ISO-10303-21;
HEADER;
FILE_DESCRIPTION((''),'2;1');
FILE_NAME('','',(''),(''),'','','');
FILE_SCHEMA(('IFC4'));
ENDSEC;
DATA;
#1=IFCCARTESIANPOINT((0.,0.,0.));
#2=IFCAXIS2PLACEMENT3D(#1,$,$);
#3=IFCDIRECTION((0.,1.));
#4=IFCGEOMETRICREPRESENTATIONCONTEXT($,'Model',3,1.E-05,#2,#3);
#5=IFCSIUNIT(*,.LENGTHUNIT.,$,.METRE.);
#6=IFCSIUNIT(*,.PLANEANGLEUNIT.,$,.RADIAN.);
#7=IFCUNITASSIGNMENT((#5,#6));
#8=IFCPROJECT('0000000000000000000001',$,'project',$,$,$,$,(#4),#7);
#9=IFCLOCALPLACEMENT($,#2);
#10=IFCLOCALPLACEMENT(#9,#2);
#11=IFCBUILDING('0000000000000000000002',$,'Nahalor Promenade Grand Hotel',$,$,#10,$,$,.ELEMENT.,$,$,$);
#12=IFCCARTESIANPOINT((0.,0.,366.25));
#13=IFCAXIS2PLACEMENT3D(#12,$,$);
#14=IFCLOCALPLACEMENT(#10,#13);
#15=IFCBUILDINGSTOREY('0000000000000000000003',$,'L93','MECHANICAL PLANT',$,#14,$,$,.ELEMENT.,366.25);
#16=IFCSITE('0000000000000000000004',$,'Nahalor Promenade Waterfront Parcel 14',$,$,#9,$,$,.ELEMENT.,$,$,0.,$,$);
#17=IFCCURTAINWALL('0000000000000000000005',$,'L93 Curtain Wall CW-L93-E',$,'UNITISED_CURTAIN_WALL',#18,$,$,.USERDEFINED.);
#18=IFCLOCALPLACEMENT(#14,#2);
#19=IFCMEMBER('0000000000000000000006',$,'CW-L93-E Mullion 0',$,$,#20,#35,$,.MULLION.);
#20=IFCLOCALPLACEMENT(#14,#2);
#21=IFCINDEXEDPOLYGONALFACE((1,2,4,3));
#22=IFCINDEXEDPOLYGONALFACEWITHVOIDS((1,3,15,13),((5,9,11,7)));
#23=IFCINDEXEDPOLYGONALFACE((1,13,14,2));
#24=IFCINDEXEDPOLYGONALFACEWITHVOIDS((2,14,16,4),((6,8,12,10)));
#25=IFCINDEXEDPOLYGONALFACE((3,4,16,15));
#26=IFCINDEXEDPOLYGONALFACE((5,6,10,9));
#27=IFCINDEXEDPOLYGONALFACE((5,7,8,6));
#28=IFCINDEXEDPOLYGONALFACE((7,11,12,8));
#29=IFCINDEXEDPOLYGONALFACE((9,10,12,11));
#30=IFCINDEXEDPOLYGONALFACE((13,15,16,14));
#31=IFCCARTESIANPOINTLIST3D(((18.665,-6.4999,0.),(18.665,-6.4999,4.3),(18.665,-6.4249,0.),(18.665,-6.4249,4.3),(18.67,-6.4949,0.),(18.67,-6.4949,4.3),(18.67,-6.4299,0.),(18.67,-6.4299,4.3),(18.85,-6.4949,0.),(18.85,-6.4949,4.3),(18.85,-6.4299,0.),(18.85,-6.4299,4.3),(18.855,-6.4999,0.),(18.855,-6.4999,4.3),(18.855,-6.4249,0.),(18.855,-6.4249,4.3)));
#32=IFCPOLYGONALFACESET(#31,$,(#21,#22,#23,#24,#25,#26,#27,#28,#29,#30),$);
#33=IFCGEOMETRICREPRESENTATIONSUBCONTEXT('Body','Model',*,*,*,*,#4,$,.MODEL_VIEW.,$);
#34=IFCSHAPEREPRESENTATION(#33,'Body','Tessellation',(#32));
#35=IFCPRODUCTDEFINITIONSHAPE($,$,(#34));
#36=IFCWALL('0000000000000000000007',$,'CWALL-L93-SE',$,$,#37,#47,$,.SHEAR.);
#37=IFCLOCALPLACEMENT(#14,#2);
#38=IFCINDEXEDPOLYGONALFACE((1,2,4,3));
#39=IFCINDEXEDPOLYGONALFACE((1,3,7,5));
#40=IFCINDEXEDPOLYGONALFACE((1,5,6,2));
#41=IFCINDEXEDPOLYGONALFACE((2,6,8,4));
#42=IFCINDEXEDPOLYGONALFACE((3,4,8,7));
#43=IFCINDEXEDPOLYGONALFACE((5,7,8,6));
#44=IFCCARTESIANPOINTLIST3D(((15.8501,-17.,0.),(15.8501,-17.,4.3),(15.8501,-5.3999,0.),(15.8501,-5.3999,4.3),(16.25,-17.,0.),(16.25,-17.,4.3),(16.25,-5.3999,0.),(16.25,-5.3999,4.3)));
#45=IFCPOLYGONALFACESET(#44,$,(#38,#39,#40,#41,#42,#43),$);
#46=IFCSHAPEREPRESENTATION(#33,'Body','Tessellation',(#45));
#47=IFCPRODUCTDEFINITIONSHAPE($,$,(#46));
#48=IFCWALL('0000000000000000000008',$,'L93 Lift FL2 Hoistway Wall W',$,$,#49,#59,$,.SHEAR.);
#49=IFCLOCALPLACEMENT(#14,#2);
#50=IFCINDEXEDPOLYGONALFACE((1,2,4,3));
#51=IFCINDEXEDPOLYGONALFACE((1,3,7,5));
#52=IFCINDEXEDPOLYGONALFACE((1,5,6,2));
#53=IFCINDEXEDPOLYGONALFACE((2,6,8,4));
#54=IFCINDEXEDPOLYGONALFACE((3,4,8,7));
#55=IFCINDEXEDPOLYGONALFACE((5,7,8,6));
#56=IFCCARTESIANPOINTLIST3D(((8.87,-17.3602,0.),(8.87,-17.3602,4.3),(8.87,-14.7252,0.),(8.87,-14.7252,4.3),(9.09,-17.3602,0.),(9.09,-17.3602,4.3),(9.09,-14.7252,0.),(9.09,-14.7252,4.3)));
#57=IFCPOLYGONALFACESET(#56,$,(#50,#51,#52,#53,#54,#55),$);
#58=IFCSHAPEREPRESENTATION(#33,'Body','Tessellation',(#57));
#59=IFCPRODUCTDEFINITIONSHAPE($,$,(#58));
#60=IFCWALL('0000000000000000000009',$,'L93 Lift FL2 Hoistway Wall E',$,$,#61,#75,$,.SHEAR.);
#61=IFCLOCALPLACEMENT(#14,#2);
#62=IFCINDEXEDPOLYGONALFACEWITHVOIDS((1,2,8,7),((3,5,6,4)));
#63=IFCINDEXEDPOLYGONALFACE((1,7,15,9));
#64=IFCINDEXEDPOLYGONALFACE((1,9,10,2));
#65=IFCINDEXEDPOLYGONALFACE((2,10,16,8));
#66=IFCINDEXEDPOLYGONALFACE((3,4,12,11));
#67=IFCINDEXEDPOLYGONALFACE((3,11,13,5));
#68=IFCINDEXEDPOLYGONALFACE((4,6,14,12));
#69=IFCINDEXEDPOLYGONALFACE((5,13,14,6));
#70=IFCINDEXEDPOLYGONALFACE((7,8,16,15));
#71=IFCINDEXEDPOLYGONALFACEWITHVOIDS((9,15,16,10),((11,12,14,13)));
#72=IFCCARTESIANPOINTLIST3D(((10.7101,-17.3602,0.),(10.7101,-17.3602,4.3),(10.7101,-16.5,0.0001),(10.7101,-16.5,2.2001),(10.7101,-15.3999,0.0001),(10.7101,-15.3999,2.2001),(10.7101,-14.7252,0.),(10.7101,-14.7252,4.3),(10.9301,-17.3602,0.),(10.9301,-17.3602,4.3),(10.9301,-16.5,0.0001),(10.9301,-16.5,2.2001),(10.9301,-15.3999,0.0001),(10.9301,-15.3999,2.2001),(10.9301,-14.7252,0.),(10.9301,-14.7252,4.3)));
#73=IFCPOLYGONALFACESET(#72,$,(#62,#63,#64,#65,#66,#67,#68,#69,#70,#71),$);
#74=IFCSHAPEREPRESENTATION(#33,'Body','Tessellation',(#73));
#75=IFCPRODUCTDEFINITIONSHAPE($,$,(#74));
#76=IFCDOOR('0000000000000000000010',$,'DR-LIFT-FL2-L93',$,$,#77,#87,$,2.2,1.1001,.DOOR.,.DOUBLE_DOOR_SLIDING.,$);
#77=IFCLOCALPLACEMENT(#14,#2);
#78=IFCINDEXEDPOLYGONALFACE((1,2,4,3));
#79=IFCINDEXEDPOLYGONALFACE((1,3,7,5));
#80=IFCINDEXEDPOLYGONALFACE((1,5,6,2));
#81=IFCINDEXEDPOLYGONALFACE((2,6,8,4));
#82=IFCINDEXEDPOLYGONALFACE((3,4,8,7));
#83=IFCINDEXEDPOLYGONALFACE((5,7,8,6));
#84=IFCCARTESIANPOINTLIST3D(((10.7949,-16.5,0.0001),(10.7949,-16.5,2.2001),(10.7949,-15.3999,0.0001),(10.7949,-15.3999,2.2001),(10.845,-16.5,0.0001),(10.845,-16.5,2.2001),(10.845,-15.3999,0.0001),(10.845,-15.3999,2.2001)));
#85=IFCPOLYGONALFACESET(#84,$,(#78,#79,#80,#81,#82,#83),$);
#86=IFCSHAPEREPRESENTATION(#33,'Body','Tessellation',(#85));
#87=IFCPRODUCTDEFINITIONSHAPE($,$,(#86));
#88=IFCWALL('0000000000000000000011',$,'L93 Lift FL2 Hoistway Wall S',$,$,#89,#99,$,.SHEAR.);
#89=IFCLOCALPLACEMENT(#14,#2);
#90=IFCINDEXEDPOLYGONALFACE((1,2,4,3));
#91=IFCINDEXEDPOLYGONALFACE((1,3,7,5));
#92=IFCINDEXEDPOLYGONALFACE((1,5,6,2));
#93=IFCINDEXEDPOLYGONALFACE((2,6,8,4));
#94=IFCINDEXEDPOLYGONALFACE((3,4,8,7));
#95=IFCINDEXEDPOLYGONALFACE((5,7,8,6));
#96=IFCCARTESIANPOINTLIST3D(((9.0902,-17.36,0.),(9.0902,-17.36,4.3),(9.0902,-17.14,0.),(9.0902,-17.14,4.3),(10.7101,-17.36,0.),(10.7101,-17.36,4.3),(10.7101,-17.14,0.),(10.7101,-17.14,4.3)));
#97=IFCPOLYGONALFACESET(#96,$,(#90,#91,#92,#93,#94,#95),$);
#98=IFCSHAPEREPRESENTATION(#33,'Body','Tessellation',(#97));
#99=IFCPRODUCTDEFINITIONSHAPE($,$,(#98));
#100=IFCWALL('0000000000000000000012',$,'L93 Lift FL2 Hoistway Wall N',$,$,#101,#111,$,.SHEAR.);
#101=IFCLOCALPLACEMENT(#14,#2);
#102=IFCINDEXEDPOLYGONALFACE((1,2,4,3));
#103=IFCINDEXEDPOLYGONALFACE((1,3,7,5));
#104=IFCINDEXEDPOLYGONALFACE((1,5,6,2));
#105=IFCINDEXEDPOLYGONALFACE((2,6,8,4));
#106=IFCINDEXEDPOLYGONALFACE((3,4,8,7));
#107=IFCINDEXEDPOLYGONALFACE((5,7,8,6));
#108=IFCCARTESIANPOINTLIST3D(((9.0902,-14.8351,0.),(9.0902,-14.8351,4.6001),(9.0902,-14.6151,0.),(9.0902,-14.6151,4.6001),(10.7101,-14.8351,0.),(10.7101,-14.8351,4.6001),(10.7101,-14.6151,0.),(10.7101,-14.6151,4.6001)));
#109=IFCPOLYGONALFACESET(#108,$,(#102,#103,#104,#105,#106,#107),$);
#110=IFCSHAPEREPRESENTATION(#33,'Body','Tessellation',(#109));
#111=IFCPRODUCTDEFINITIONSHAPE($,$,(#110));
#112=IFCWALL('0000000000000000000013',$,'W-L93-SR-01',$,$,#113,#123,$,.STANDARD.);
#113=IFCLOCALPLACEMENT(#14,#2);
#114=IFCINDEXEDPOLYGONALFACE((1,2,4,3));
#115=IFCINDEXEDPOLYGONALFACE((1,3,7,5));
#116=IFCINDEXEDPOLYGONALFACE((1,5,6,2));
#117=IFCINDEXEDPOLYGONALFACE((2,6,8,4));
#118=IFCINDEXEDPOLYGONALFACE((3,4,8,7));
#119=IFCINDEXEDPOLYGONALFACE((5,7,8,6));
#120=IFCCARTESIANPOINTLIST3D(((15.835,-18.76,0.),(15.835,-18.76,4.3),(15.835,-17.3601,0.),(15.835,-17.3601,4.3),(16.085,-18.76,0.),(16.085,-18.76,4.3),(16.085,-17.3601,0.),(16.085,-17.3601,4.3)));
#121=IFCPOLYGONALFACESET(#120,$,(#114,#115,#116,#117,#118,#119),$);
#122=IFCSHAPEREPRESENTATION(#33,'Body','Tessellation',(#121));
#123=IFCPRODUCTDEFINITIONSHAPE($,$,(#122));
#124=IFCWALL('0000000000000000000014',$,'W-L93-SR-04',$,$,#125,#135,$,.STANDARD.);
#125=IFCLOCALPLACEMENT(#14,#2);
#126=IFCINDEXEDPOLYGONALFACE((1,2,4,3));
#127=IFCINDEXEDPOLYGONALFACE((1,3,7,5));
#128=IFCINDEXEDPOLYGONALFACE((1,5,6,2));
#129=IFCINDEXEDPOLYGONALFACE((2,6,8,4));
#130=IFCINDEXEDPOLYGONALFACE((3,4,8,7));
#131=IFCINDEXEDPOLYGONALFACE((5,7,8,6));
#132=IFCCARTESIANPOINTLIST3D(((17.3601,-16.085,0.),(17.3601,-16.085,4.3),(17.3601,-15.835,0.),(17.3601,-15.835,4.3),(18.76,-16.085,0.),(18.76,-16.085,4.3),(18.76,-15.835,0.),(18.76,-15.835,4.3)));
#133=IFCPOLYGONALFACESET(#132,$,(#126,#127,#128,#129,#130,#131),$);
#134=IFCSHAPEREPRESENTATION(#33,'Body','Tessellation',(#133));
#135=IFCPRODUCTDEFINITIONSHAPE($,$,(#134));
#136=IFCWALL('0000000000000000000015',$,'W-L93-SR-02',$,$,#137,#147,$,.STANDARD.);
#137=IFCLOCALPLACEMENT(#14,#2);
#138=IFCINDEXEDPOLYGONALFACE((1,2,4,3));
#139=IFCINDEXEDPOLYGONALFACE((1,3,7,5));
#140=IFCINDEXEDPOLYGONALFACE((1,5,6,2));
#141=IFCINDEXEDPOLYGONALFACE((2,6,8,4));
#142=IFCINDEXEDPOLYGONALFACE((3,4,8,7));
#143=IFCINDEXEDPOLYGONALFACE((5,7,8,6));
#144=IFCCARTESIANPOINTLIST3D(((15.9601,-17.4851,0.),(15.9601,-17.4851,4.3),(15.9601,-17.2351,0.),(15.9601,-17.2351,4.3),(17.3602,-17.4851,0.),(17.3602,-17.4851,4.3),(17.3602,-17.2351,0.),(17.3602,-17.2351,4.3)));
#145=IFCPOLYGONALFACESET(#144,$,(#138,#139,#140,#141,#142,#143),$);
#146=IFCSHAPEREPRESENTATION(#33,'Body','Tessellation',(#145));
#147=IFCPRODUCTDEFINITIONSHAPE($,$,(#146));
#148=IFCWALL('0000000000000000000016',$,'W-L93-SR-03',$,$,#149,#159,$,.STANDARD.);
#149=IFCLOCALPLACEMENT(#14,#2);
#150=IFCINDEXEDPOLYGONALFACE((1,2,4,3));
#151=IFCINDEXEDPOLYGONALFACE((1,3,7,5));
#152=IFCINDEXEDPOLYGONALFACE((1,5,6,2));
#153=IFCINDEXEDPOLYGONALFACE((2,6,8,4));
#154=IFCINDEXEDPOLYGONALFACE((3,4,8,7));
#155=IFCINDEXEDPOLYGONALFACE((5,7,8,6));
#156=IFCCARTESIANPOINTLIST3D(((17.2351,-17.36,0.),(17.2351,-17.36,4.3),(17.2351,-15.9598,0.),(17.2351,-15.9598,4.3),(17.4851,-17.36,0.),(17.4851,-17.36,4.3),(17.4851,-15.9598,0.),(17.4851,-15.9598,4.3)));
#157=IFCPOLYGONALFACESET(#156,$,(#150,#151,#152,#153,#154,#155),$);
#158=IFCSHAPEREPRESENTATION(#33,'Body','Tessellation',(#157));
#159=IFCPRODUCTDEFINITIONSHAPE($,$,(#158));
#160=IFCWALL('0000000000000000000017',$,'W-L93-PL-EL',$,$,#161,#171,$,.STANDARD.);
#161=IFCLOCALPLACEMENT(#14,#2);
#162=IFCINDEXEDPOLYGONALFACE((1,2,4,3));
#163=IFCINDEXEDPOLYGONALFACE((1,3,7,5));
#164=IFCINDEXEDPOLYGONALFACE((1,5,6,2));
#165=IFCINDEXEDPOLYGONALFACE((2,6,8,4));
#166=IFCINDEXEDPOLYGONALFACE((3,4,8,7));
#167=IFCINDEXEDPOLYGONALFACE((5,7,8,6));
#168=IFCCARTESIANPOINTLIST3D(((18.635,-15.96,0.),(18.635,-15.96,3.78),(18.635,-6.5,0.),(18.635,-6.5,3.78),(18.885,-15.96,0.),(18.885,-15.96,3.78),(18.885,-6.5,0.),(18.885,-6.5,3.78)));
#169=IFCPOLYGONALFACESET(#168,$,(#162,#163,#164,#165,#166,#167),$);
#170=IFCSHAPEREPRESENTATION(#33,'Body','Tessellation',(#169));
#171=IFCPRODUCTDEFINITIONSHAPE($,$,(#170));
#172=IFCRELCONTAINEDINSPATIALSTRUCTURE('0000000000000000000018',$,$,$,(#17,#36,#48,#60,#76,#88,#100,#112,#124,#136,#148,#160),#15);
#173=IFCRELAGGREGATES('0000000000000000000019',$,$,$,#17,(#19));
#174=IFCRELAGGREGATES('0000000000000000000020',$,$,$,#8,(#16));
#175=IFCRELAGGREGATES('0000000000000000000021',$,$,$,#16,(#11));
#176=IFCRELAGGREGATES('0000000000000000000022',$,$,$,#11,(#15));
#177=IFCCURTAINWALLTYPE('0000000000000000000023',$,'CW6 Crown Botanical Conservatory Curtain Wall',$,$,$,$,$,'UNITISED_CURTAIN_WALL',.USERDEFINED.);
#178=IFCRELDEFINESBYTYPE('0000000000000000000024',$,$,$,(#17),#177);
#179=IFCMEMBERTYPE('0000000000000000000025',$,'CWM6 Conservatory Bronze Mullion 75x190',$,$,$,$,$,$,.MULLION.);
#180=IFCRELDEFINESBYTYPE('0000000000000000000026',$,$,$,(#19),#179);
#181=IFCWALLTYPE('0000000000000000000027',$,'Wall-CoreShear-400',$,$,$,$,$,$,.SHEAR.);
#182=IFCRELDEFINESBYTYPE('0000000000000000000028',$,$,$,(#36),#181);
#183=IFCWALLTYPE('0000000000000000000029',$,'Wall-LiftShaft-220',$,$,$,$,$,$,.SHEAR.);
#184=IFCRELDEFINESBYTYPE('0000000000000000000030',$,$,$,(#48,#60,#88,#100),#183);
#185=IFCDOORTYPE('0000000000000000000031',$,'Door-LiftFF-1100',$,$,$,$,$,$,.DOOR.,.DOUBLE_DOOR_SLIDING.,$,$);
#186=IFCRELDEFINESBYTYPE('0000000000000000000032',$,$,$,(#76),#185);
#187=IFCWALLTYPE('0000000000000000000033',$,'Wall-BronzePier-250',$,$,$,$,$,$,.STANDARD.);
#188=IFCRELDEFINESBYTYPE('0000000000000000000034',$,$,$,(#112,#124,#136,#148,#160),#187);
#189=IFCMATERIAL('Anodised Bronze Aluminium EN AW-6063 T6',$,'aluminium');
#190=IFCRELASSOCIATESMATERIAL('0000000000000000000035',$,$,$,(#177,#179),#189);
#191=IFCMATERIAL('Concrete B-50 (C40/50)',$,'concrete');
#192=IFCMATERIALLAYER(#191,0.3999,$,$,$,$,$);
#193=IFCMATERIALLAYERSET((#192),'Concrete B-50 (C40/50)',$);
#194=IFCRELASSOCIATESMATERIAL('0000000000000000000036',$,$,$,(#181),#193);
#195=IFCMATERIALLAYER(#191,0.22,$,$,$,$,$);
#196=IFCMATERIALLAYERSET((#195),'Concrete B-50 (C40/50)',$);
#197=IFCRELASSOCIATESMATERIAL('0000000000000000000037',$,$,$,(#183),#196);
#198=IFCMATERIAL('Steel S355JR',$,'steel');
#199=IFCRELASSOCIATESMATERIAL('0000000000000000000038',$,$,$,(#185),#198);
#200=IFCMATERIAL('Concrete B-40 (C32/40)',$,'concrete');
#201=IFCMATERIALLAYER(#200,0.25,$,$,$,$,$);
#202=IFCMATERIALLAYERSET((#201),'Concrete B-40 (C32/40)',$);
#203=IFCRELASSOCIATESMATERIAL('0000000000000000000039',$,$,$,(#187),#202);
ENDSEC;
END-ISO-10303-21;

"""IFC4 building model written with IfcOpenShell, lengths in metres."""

from ifc_helpers import new_model, si_unit, direction, frame, frame_2d, origin, origin_2d, place, context, subcontext, project, spatial, rectangle, hollow_rectangle, extrude, source, transform, mapped, material, layer, layer_set, material_profile, profile_set, type_object, element, fill, aggregate, save


model = new_model("IFC4")

# Units and contexts
model_context = context("Model", 3, precision=1e-05, world=origin(), true_north=direction((0.0, 1.0)))
body_context = subcontext(model_context, "Body", "Model", "MODEL_VIEW")
ifc_project = project(units=[si_unit("LENGTHUNIT", "METRE"), si_unit("PLANEANGLEUNIT", "RADIAN")], contexts=[model_context])

# Site, building, storey
site_placement = place(None, origin())
site = spatial("IfcSite", under=ifc_project, at=site_placement, Name="Nahalor Promenade Waterfront Parcel 14", CompositionType="ELEMENT", RefElevation=0.0)
building_placement = place(site_placement, origin())
building = spatial("IfcBuilding", under=site, at=building_placement, Name="Nahalor Promenade Grand Hotel", CompositionType="ELEMENT")
storey_placement = place(building_placement, frame((0.0, 0.0, 366.25)))
storey = spatial("IfcBuildingStorey", under=building, at=storey_placement, Name="L93", Description="MECHANICAL PLANT", CompositionType="ELEMENT", Elevation=366.25)

# Shared definitions
ifc_material_1 = material(Name="Concrete B-50 (C40/50)", Category="concrete")

# Shared definitions
ifc_material_2 = material(Name="Steel S355JR", Category="steel")

# Curtain wall, member
ifc_material_3 = material(Name="Anodised Bronze Aluminium EN AW-6063 T6", Category="aluminium")
curtain_wall_type = type_object("IfcCurtainWallType", Name="CW6 Crown Botanical Conservatory Curtain Wall", ElementType="UNITISED_CURTAIN_WALL", PredefinedType="USERDEFINED", material=ifc_material_3)
curtain_wall_placement = place(storey_placement, origin())
curtain_wall = element("IfcCurtainWall", 1, at=curtain_wall_placement, inside=storey, type_object=curtain_wall_type, Name="L93 Curtain Wall CW-L93-E", ObjectType="UNITISED_CURTAIN_WALL", PredefinedType="USERDEFINED")
ifc_material_profile_1 = material_profile(ifc_material_3, hollow_rectangle(XDim=0.075, YDim=0.19, WallThickness=0.005, at=origin_2d()), Name="CWM 75x190x5")
ifc_profile_set_1 = profile_set([ifc_material_profile_1], Name="Anodised Bronze Aluminium EN AW-6063 T6")
member_type_1 = type_object("IfcMemberType", Name="CWM6 Conservatory Bronze Mullion 75x190", PredefinedType="MULLION", material=ifc_profile_set_1)
shared_shape_1 = source(origin(), body_context, "Body", "SweptSolid", [
    extrude(hollow_rectangle(XDim=0.075, YDim=0.19, WallThickness=0.005, at=origin_2d()), origin(), (0.0, 0.0, 1.0), 4.3),
])
member_1_placement = place(storey_placement, frame((18.76, -6.4624, 0.0), z_axis=(0.0, 0.0, 1.0), x_axis=(0.0, 1.0, 0.0)))
member_1 = element("IfcMember", 2, at=member_1_placement, type_object=member_type_1, Name="CW-L93-E Mullion 0", PredefinedType="MULLION", context=body_context, shape_type="MappedRepresentation", body=[
    mapped(shared_shape_1, transform((0.0, 0.0, 0.0), scale=1.0)),
])
aggregate(curtain_wall, [member_1])

# Walls
ifc_layer_1 = layer(ifc_material_1, 0.3999)
ifc_layer_set_1 = layer_set([ifc_layer_1], Name="Concrete B-50 (C40/50)")
wall_type_1 = type_object("IfcWallType", Name="Wall-CoreShear-400", PredefinedType="SHEAR", material=ifc_layer_set_1)
shared_shape_2 = source(origin(), body_context, "Body", "SweptSolid", [
    extrude(rectangle(XDim=11.6001, YDim=0.3999, at=frame_2d((5.8, 0.0))), origin(), (0.0, 0.0, 1.0), 4.3),
])
wall_1_placement = place(storey_placement, frame((16.05, -17.0, 0.0), z_axis=(0.0, 0.0, 1.0), x_axis=(0.0, 1.0, 0.0)))
element("IfcWall", 3, at=wall_1_placement, inside=storey, type_object=wall_type_1, Name="CWALL-L93-SE", PredefinedType="SHEAR", context=body_context, shape_type="MappedRepresentation", body=[
    mapped(shared_shape_2, transform((0.0, 0.0, 0.0), scale=1.0)),
])
ifc_layer_2 = layer(ifc_material_1, 0.22)
ifc_layer_set_2 = layer_set([ifc_layer_2], Name="Concrete B-50 (C40/50)")
wall_type_2 = type_object("IfcWallType", Name="Wall-LiftShaft-220", PredefinedType="SHEAR", material=ifc_layer_set_2)
shared_shape_3 = source(origin(), body_context, "Body", "SweptSolid", [
    extrude(rectangle(XDim=2.635, YDim=0.22, at=frame_2d((1.3174, 0.0))), origin(), (0.0, 0.0, 1.0), 4.3),
])
wall_2_placement = place(storey_placement, frame((8.98, -17.3601, 0.0), z_axis=(0.0, 0.0, 1.0), x_axis=(0.0, 1.0, 0.0)))
element("IfcWall", 4, at=wall_2_placement, inside=storey, type_object=wall_type_2, Name="L93 Lift FL2 Hoistway Wall W", PredefinedType="SHEAR", context=body_context, shape_type="MappedRepresentation", body=[
    mapped(shared_shape_3, transform((0.0, 0.0, 0.0), scale=1.0)),
])

# Wall, opening, door
wall_3_placement = place(storey_placement, frame((10.8201, -17.3601, 0.0), z_axis=(0.0, 0.0, 1.0), x_axis=(0.0, 1.0, 0.0)))
wall_3 = element("IfcWall", 5, at=wall_3_placement, inside=storey, type_object=wall_type_2, Name="L93 Lift FL2 Hoistway Wall E", PredefinedType="SHEAR", context=body_context, shape_type="MappedRepresentation", body=[
    mapped(shared_shape_3, transform((0.0, 0.0, 0.0), scale=1.0)),
])
opening_1_placement = place(wall_3_placement, frame((0.8601, 0.0, 0.0)))
opening_1 = element("IfcOpeningElement", 6, at=opening_1_placement, cuts=wall_3, PredefinedType="OPENING", context=body_context, shape_type="SweptSolid", body=[
    extrude(rectangle(XDim=1.1001, YDim=2.2, at=frame_2d((0.55, 1.1001))), frame((0.0, 0.1199, 0.0), z_axis=(0.0, -1.0, 0.0), x_axis=(1.0, 0.0, 0.0)), (0.0, 0.0, 1.0), 0.24),
])
door_type_1 = type_object("IfcDoorType", Name="Door-LiftFF-1100", OperationType="DOUBLE_DOOR_SLIDING", PredefinedType="DOOR", material=ifc_material_2)
shared_shape_4 = source(origin(), body_context, "Body", "SweptSolid", [
    extrude(rectangle(XDim=1.1001, YDim=2.2, at=frame_2d((0.55, 1.1001))), frame((0.0, 0.0249, 0.0), z_axis=(0.0, -1.0, 0.0), x_axis=(1.0, 0.0, 0.0)), (0.0, 0.0, 1.0), 0.05),
])
door_1_placement = place(opening_1_placement, frame((1.1001, 0.0, 0.0), z_axis=(0.0, 0.0, 1.0), x_axis=(-1.0, 0.0, 0.0)))
door_1 = element("IfcDoor", 7, at=door_1_placement, inside=storey, type_object=door_type_1, Name="DR-LIFT-FL2-L93", OperationType="DOUBLE_DOOR_SLIDING", OverallHeight=2.2, OverallWidth=1.1001, PredefinedType="DOOR", context=body_context, shape_type="MappedRepresentation", body=[
    mapped(shared_shape_4, transform((0.0, 0.0, 0.0), scale=1.0)),
])
fill(opening_1, door_1)

# Walls
shared_shape_5 = source(origin(), body_context, "Body", "SweptSolid", [
    extrude(rectangle(XDim=1.6199, YDim=0.22, at=frame_2d((0.8101, 0.0))), origin(), (0.0, 0.0, 1.0), 4.3),
])
wall_4_placement = place(storey_placement, frame((9.0901, -17.25, 0.0), z_axis=(0.0, 0.0, 1.0), x_axis=(1.0, 0.0, 0.0)))
element("IfcWall", 8, at=wall_4_placement, inside=storey, type_object=wall_type_2, Name="L93 Lift FL2 Hoistway Wall S", PredefinedType="SHEAR", context=body_context, shape_type="MappedRepresentation", body=[
    mapped(shared_shape_5, transform((0.0, 0.0, 0.0), scale=1.0)),
])
shared_shape_6 = source(origin(), body_context, "Body", "SweptSolid", [
    extrude(rectangle(XDim=1.6199, YDim=0.22, at=frame_2d((0.8101, 0.0))), origin(), (0.0, 0.0, 1.0), 4.6001),
])
wall_5_placement = place(storey_placement, frame((9.0901, -14.7251, 0.0), z_axis=(0.0, 0.0, 1.0), x_axis=(1.0, 0.0, 0.0)))
element("IfcWall", 9, at=wall_5_placement, inside=storey, type_object=wall_type_2, Name="L93 Lift FL2 Hoistway Wall N", PredefinedType="SHEAR", context=body_context, shape_type="MappedRepresentation", body=[
    mapped(shared_shape_6, transform((0.0, 0.0, 0.0), scale=1.0)),
])
ifc_material_4 = material(Name="Concrete B-40 (C32/40)", Category="concrete")
ifc_layer_3 = layer(ifc_material_4, 0.25)
ifc_layer_set_3 = layer_set([ifc_layer_3], Name="Concrete B-40 (C32/40)")
wall_type_3 = type_object("IfcWallType", Name="Wall-BronzePier-250", PredefinedType="STANDARD", material=ifc_layer_set_3)
shared_shape_7 = source(origin(), body_context, "Body", "SweptSolid", [
    extrude(rectangle(XDim=1.3999, YDim=0.25, at=frame_2d((0.7, 0.0))), origin(), (0.0, 0.0, 1.0), 4.3),
])
for number, where, z_axis, x_axis, name in (
    (10, (15.96, -18.76, 0.0), (0.0, 0.0, 1.0), (0.0, 1.0, 0.0), "W-L93-SR-01"),
    (11, (17.3601, -15.96, 0.0), (0.0, 0.0, 1.0), (1.0, 0.0, 0.0), "W-L93-SR-04"),
):
    element("IfcWall", number, at=place(storey_placement, frame(where, z_axis=z_axis, x_axis=x_axis)), inside=storey, type_object=wall_type_3, Name=name, PredefinedType="STANDARD", context=body_context, shape_type="MappedRepresentation", body=[
        mapped(shared_shape_7, transform((0.0, 0.0, 0.0), scale=1.0)),
    ])
shared_shape_8 = source(origin(), body_context, "Body", "SweptSolid", [
    extrude(rectangle(XDim=1.4001, YDim=0.25, at=frame_2d((0.7002, 0.0))), origin(), (0.0, 0.0, 1.0), 4.3),
])
for number, where, z_axis, x_axis, name in (
    (12, (15.96, -17.3601, 0.0), (0.0, 0.0, 1.0), (1.0, 0.0, 0.0), "W-L93-SR-02"),
    (13, (17.3601, -17.3601, 0.0), (0.0, 0.0, 1.0), (0.0, 1.0, 0.0), "W-L93-SR-03"),
):
    element("IfcWall", number, at=place(storey_placement, frame(where, z_axis=z_axis, x_axis=x_axis)), inside=storey, type_object=wall_type_3, Name=name, PredefinedType="STANDARD", context=body_context, shape_type="MappedRepresentation", body=[
        mapped(shared_shape_8, transform((0.0, 0.0, 0.0), scale=1.0)),
    ])
shared_shape_9 = source(origin(), body_context, "Body", "SweptSolid", [
    extrude(rectangle(XDim=9.46, YDim=0.25, at=frame_2d((4.73, 0.0))), origin(), (0.0, 0.0, 1.0), 3.78),
])
wall_6_placement = place(storey_placement, frame((18.76, -15.96, 0.0), z_axis=(0.0, 0.0, 1.0), x_axis=(0.0, 1.0, 0.0)))
element("IfcWall", 14, at=wall_6_placement, inside=storey, type_object=wall_type_3, Name="W-L93-PL-EL", PredefinedType="STANDARD", context=body_context, shape_type="MappedRepresentation", body=[
    mapped(shared_shape_9, transform((0.0, 0.0, 0.0), scale=1.0)),
])

save(model, "model.ifc")
